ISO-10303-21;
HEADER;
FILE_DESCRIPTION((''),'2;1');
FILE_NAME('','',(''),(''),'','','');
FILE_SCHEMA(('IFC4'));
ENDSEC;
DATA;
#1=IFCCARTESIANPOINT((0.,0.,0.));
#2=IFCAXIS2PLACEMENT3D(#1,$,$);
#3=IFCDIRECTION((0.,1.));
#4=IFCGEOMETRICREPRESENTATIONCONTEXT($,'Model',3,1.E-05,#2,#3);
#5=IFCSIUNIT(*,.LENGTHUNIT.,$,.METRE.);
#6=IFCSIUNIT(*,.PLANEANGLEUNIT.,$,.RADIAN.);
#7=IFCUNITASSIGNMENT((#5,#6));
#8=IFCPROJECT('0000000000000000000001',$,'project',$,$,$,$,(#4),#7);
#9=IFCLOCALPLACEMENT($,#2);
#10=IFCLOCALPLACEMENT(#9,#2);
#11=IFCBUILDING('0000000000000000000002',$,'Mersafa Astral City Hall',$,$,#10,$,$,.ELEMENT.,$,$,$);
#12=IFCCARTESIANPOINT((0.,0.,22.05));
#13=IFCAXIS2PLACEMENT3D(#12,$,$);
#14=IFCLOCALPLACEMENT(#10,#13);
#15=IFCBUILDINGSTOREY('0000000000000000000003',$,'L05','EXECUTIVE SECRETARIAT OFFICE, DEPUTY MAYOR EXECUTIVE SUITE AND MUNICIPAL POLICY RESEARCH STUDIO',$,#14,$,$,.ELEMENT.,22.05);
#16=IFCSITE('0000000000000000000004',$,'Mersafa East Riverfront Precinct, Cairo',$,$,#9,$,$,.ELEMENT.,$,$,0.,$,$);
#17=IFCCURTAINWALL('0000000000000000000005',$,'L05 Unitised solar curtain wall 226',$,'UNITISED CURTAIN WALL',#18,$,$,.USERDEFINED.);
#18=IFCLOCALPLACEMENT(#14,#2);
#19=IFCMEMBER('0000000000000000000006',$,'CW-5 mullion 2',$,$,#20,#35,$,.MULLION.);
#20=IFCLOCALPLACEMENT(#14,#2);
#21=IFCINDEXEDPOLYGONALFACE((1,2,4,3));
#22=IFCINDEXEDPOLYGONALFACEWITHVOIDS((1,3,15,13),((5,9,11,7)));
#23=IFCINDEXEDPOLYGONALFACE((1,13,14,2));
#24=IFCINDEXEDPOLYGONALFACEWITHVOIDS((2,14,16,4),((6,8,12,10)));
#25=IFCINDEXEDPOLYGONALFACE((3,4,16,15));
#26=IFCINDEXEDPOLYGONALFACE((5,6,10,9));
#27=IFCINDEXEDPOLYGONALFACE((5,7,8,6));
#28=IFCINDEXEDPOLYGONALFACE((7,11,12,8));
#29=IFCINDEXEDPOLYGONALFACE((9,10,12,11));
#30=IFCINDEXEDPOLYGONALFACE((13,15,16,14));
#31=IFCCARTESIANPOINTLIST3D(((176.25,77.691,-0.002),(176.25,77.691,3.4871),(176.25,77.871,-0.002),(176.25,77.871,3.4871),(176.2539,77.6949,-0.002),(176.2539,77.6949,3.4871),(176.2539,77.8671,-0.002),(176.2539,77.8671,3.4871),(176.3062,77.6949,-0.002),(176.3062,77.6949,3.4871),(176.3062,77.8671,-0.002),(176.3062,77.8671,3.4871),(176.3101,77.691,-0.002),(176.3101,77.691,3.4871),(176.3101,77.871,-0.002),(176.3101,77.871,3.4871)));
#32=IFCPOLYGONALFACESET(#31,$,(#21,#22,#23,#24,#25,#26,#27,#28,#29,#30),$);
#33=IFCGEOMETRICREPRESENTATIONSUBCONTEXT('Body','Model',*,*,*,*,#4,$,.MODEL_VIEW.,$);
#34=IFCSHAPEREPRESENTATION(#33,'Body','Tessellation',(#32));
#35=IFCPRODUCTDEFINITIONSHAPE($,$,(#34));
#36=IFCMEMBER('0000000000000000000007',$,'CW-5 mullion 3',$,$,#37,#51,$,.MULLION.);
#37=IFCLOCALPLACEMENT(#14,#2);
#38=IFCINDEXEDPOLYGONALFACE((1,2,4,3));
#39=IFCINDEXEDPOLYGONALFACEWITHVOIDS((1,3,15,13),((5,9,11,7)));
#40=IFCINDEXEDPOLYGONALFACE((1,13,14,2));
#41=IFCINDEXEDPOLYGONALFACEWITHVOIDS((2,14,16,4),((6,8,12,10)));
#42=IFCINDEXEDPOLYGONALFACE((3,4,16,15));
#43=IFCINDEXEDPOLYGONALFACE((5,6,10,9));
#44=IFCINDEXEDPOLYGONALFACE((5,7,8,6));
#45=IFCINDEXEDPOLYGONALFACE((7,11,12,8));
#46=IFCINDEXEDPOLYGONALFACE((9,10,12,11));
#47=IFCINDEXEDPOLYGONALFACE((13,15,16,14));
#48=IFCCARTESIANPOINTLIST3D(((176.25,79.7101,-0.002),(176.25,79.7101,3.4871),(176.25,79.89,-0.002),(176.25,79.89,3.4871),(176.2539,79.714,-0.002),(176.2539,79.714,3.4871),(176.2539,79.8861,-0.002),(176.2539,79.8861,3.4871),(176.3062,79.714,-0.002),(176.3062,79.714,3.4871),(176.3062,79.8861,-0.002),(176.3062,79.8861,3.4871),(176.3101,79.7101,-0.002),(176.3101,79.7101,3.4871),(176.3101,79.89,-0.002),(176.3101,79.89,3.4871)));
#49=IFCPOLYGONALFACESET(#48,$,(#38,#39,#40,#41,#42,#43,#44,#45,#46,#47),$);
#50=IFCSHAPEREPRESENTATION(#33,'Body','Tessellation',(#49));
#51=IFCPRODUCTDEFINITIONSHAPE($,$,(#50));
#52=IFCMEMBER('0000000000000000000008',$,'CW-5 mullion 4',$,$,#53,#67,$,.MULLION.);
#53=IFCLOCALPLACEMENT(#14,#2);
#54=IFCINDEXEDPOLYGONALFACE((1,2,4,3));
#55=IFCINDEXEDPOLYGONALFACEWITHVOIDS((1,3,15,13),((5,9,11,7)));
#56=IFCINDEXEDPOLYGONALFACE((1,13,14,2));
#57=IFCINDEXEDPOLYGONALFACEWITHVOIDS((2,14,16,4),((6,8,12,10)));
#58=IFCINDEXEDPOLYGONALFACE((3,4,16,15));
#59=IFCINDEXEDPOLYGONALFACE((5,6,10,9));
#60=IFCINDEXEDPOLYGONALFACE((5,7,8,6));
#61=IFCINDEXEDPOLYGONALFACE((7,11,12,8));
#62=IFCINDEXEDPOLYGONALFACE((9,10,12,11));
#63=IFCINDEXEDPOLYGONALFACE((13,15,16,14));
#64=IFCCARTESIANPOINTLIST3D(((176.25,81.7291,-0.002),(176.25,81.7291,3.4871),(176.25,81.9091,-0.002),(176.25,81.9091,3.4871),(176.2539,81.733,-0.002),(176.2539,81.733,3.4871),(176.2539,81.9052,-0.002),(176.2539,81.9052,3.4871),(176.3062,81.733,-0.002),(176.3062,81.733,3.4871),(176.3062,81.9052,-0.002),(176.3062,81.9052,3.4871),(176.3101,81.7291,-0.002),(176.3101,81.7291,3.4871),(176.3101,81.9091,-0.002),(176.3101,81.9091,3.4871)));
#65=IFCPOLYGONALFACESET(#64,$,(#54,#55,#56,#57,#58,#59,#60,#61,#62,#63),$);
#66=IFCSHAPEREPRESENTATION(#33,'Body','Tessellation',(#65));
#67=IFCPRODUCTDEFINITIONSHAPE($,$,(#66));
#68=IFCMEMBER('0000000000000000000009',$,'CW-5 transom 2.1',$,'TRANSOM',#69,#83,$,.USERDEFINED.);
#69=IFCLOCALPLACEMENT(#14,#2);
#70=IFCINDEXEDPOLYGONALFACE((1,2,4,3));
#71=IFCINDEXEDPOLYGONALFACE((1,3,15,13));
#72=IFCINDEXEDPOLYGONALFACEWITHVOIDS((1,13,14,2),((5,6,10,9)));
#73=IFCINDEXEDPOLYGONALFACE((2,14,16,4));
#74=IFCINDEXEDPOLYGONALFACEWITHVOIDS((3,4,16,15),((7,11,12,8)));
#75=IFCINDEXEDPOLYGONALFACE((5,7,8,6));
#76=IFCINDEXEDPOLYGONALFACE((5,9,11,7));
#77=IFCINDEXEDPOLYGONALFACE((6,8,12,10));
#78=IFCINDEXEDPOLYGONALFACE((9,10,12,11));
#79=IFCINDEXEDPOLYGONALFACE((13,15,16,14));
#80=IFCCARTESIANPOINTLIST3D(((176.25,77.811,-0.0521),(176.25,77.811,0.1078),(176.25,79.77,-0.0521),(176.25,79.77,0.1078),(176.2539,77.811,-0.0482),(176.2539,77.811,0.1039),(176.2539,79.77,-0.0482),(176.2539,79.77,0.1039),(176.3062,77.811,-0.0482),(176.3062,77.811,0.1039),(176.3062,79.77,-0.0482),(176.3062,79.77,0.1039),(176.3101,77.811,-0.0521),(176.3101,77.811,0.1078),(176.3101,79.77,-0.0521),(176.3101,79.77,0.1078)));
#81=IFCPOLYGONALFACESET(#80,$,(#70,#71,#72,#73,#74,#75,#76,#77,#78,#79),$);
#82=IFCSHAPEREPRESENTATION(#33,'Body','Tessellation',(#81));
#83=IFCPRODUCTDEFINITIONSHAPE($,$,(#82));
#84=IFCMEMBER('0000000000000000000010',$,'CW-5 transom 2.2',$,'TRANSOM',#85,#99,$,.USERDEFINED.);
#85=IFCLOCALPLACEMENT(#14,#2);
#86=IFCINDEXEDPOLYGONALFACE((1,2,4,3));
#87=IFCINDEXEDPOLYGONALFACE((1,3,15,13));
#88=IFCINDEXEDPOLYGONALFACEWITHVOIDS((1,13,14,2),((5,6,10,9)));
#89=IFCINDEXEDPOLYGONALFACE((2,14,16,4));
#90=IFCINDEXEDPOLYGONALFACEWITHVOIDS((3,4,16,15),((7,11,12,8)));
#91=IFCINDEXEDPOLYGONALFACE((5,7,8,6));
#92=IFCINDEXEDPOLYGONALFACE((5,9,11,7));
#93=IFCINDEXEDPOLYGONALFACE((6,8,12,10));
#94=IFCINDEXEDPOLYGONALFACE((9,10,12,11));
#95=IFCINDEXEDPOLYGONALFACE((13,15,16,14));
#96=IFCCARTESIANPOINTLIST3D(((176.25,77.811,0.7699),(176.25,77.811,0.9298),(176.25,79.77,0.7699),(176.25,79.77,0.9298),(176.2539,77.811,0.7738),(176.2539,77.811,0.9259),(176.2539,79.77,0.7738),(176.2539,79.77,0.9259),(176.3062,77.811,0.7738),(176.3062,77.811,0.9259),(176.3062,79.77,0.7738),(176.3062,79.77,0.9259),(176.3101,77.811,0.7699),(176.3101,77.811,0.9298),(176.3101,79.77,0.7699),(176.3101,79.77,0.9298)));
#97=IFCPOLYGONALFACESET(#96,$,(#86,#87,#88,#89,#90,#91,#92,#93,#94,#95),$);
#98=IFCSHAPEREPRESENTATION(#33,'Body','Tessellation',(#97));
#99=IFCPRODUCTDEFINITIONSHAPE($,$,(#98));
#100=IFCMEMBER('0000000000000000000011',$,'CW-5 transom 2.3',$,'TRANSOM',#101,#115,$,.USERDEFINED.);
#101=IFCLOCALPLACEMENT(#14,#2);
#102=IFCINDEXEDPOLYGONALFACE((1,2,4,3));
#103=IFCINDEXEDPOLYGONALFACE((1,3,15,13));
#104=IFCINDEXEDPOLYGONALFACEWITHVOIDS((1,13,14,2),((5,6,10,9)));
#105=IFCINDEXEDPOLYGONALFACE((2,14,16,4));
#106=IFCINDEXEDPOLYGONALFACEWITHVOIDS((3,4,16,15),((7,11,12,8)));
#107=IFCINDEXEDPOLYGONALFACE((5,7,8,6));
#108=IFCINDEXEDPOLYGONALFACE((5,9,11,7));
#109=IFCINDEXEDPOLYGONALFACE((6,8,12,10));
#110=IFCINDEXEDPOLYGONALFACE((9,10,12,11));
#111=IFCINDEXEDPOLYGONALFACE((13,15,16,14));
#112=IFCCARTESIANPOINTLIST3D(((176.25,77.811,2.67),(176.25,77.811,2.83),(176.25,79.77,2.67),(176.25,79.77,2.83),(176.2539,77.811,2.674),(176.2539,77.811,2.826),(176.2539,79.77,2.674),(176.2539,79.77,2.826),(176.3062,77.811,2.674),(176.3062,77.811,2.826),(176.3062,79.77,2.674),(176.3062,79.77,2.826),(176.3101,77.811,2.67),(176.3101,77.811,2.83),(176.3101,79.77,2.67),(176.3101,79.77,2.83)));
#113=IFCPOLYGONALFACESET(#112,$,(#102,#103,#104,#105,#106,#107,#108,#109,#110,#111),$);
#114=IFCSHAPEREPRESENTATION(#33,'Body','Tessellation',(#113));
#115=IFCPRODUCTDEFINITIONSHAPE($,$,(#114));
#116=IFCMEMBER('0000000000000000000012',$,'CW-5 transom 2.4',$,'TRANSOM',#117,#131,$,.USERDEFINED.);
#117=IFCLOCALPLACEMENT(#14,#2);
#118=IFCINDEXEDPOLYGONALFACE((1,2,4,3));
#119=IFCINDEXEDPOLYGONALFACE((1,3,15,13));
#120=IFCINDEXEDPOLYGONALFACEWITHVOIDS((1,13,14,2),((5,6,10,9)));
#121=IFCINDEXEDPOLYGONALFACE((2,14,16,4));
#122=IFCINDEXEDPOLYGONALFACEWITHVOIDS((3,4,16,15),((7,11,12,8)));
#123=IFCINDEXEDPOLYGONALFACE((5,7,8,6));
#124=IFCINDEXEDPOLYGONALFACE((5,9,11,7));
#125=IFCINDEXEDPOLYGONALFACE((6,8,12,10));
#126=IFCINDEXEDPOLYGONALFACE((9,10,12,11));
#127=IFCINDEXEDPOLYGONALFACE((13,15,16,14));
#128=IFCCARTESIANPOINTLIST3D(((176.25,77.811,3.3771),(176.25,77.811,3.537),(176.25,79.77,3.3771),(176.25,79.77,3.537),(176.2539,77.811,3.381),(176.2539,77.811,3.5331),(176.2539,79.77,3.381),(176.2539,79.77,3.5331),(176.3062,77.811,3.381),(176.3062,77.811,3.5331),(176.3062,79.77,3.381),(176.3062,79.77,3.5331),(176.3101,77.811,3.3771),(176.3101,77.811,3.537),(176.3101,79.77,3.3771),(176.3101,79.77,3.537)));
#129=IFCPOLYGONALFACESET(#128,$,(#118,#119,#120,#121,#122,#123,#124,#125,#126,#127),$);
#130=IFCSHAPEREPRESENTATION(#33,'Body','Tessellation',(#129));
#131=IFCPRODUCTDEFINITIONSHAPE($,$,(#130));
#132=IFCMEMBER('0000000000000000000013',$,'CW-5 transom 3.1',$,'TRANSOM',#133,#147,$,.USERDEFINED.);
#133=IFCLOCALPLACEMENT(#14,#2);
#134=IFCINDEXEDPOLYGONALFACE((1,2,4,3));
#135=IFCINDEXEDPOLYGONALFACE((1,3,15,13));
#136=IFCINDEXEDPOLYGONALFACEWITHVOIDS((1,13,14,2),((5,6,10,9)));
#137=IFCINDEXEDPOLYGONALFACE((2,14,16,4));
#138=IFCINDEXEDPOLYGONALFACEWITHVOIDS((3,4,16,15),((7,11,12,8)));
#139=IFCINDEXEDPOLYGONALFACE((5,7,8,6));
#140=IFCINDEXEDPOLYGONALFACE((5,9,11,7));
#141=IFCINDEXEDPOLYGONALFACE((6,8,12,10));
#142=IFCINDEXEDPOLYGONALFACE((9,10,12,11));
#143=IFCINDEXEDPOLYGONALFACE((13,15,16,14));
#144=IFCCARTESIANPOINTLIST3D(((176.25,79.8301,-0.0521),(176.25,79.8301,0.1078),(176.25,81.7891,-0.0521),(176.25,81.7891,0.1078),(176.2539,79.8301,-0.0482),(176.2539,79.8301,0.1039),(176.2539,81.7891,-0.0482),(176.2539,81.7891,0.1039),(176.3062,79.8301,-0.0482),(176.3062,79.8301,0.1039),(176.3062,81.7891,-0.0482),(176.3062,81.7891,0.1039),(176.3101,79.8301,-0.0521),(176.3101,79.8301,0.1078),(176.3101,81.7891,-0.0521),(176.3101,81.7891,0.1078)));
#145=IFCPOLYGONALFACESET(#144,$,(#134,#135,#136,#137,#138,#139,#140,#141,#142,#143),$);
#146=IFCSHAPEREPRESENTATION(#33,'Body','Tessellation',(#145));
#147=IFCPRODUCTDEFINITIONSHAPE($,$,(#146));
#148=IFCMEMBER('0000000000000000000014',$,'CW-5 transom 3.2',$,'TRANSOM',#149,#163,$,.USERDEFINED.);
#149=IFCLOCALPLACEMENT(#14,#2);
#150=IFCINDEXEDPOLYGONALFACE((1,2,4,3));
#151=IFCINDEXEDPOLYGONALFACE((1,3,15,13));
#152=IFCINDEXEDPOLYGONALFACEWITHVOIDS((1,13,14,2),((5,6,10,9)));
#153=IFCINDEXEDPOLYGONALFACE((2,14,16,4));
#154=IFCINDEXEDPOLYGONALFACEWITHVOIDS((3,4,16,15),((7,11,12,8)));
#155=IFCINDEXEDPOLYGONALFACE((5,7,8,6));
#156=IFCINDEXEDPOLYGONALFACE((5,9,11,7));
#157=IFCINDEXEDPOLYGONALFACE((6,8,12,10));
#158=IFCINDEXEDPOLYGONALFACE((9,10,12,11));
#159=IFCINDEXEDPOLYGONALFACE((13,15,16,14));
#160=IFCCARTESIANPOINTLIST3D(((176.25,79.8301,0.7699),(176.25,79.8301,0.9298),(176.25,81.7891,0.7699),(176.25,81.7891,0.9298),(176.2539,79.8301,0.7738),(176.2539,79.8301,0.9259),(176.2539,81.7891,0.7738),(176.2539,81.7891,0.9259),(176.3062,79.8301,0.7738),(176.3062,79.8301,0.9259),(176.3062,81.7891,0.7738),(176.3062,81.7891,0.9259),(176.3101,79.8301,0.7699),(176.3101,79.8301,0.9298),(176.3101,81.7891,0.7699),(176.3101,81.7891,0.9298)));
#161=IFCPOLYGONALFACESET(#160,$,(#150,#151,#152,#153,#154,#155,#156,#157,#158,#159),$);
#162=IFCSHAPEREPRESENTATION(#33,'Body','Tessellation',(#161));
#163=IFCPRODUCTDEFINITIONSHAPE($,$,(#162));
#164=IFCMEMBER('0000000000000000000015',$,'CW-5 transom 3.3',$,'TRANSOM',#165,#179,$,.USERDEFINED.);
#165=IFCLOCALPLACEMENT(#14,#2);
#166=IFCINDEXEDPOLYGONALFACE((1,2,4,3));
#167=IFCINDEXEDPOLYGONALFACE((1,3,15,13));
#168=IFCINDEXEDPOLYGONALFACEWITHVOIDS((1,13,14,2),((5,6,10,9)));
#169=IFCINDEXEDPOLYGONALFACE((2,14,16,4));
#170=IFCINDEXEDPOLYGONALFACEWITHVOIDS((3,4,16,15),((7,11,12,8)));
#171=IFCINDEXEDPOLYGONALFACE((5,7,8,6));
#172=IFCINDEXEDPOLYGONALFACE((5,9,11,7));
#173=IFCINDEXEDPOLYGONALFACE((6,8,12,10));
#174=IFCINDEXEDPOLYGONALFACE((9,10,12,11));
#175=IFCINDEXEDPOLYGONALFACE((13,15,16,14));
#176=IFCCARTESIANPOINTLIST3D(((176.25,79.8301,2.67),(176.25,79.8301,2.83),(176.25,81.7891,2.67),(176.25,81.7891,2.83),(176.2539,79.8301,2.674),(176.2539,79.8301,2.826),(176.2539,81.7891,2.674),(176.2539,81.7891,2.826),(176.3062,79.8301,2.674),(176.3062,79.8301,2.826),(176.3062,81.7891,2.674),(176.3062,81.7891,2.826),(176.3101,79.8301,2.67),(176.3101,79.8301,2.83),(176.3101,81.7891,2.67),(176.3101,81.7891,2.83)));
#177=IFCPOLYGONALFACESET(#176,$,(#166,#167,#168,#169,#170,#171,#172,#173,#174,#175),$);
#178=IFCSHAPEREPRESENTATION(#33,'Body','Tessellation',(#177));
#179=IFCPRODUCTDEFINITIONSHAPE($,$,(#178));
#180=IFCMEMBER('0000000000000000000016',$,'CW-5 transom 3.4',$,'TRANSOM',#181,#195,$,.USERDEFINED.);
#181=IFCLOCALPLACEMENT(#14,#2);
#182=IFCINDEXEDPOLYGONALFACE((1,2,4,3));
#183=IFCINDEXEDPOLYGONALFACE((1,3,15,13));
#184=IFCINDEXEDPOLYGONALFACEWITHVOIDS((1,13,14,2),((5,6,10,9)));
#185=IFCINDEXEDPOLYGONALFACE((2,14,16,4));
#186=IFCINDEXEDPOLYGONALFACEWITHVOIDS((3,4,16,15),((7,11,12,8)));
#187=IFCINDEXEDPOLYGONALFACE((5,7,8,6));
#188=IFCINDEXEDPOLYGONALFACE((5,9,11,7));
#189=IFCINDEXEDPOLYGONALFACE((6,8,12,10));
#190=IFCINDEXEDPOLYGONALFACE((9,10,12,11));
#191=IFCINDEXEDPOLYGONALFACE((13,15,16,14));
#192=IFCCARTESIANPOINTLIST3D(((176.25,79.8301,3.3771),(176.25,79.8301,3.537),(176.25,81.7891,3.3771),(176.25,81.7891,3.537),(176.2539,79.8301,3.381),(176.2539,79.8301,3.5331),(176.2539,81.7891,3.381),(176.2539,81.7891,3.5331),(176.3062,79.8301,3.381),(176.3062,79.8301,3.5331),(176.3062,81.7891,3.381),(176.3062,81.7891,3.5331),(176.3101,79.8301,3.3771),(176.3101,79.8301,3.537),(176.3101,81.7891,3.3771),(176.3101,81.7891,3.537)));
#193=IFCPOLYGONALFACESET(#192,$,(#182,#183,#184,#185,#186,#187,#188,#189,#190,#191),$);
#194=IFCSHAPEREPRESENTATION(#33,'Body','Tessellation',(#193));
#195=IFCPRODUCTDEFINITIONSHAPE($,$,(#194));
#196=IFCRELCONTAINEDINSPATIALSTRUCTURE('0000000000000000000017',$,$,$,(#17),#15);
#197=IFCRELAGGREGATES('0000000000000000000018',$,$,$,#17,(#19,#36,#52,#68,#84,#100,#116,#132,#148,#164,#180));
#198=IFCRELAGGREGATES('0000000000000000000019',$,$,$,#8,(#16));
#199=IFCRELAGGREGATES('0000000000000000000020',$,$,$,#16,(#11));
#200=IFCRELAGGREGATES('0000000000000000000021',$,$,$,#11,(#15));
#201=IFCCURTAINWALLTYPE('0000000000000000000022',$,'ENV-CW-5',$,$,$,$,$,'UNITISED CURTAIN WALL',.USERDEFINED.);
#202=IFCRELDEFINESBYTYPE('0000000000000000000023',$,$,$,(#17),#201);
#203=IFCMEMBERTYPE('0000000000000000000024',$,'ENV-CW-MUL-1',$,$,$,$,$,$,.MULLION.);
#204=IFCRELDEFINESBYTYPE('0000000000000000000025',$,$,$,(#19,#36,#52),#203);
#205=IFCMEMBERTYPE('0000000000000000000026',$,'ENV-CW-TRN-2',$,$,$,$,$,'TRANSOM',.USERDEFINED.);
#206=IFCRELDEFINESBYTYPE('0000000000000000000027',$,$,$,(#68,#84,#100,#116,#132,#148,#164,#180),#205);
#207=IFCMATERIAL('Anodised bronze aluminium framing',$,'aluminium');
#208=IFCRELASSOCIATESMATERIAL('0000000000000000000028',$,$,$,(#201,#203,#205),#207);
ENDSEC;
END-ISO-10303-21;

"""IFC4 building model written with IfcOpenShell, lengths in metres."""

from ifc_helpers import new_model, si_unit, direction, frame, origin, origin_2d, place, context, subcontext, project, spatial, hollow_rectangle, extrude, material, material_profile, profile_set, type_object, element, aggregate, save


model = new_model("IFC4")

# Units and contexts
model_context = context("Model", 3, precision=1e-05, world=origin(), true_north=direction((0.0, 1.0)))
body_context = subcontext(model_context, "Body", "Model", "MODEL_VIEW")
ifc_project = project(units=[si_unit("LENGTHUNIT", "METRE"), si_unit("PLANEANGLEUNIT", "RADIAN")], contexts=[model_context])

# Site, building, storey
site_placement = place(None, origin())
site = spatial("IfcSite", under=ifc_project, at=site_placement, Name="Mersafa East Riverfront Precinct, Cairo", CompositionType="ELEMENT", RefElevation=0.0)
building_placement = place(site_placement, origin())
building = spatial("IfcBuilding", under=site, at=building_placement, Name="Mersafa Astral City Hall", CompositionType="ELEMENT")
storey_placement = place(building_placement, frame((0.0, 0.0, 22.05)))
storey = spatial("IfcBuildingStorey", under=building, at=storey_placement, Name="L05", Description="EXECUTIVE SECRETARIAT OFFICE, DEPUTY MAYOR EXECUTIVE SUITE AND MUNICIPAL POLICY RESEARCH STUDIO", CompositionType="ELEMENT", Elevation=22.05)

# Curtain wall, members
ifc_material_1 = material(Name="Anodised bronze aluminium framing", Category="aluminium")
curtain_wall_type = type_object("IfcCurtainWallType", Name="ENV-CW-5", ElementType="UNITISED CURTAIN WALL", PredefinedType="USERDEFINED", material=ifc_material_1)
curtain_wall_placement = place(storey_placement, origin())
curtain_wall = element("IfcCurtainWall", 1, at=curtain_wall_placement, inside=storey, type_object=curtain_wall_type, Name="L05 Unitised solar curtain wall 226", ObjectType="UNITISED CURTAIN WALL", PredefinedType="USERDEFINED")
ifc_material_profile_1 = material_profile(ifc_material_1, hollow_rectangle(XDim=0.0601, YDim=0.1799, WallThickness=0.0039, at=origin_2d()), Name="RHS 60x180x4")
ifc_profile_set_1 = profile_set([ifc_material_profile_1], Name="Anodised bronze aluminium framing")
member_type_1 = type_object("IfcMemberType", Name="ENV-CW-MUL-1", PredefinedType="MULLION", material=ifc_profile_set_1)
member_1_placement = place(storey_placement, frame((176.28, 77.781, -0.002), z_axis=(0.0, 0.0, 1.0), x_axis=(-1.0, 0.0, 0.0)))
member_1 = element("IfcMember", 2, at=member_1_placement, type_object=member_type_1, Name="CW-5 mullion 2", PredefinedType="MULLION", context=body_context, shape_type="SweptSolid", body=[
    extrude(hollow_rectangle(XDim=0.0601, YDim=0.1799, WallThickness=0.0039, at=origin_2d()), origin(), (0.0, 0.0, 1.0), 3.489),
])
member_2_placement = place(storey_placement, frame((176.28, 79.8, -0.002), z_axis=(0.0, 0.0, 1.0), x_axis=(-1.0, 0.0, 0.0)))
member_2 = element("IfcMember", 3, at=member_2_placement, type_object=member_type_1, Name="CW-5 mullion 3", PredefinedType="MULLION", context=body_context, shape_type="SweptSolid", body=[
    extrude(hollow_rectangle(XDim=0.0601, YDim=0.1799, WallThickness=0.0039, at=origin_2d()), origin(), (0.0, 0.0, 1.0), 3.489),
])
member_3_placement = place(storey_placement, frame((176.28, 81.8191, -0.002), z_axis=(0.0, 0.0, 1.0), x_axis=(-1.0, 0.0, 0.0)))
member_3 = element("IfcMember", 4, at=member_3_placement, type_object=member_type_1, Name="CW-5 mullion 4", PredefinedType="MULLION", context=body_context, shape_type="SweptSolid", body=[
    extrude(hollow_rectangle(XDim=0.0601, YDim=0.1799, WallThickness=0.0039, at=origin_2d()), origin(), (0.0, 0.0, 1.0), 3.489),
])
ifc_material_profile_2 = material_profile(ifc_material_1, hollow_rectangle(XDim=0.0601, YDim=0.1599, WallThickness=0.0039, at=origin_2d()), Name="RHS 60x160x4")
ifc_profile_set_2 = profile_set([ifc_material_profile_2], Name="Anodised bronze aluminium framing")
member_type_2 = type_object("IfcMemberType", Name="ENV-CW-TRN-2", ElementType="TRANSOM", PredefinedType="USERDEFINED", material=ifc_profile_set_2)
member_4_placement = place(storey_placement, frame((176.28, 77.811, 0.0278), z_axis=(0.0, 1.0, 0.0), x_axis=(-1.0, 0.0, 0.0)))
member_4 = element("IfcMember", 5, at=member_4_placement, type_object=member_type_2, Name="CW-5 transom 2.1", ObjectType="TRANSOM", PredefinedType="USERDEFINED", context=body_context, shape_type="SweptSolid", body=[
    extrude(hollow_rectangle(XDim=0.0601, YDim=0.1599, WallThickness=0.0039, at=origin_2d()), origin(), (0.0, 0.0, 1.0), 1.959),
])
member_5_placement = place(storey_placement, frame((176.28, 77.811, 0.8499), z_axis=(0.0, 1.0, 0.0), x_axis=(-1.0, 0.0, 0.0)))
member_5 = element("IfcMember", 6, at=member_5_placement, type_object=member_type_2, Name="CW-5 transom 2.2", ObjectType="TRANSOM", PredefinedType="USERDEFINED", context=body_context, shape_type="SweptSolid", body=[
    extrude(hollow_rectangle(XDim=0.0601, YDim=0.1599, WallThickness=0.0039, at=origin_2d()), origin(), (0.0, 0.0, 1.0), 1.959),
])
member_6_placement = place(storey_placement, frame((176.28, 77.811, 2.75), z_axis=(0.0, 1.0, 0.0), x_axis=(-1.0, 0.0, 0.0)))
member_6 = element("IfcMember", 7, at=member_6_placement, type_object=member_type_2, Name="CW-5 transom 2.3", ObjectType="TRANSOM", PredefinedType="USERDEFINED", context=body_context, shape_type="SweptSolid", body=[
    extrude(hollow_rectangle(XDim=0.0601, YDim=0.1599, WallThickness=0.0039, at=origin_2d()), origin(), (0.0, 0.0, 1.0), 1.959),
])
member_7_placement = place(storey_placement, frame((176.28, 77.811, 3.457), z_axis=(0.0, 1.0, 0.0), x_axis=(-1.0, 0.0, 0.0)))
member_7 = element("IfcMember", 8, at=member_7_placement, type_object=member_type_2, Name="CW-5 transom 2.4", ObjectType="TRANSOM", PredefinedType="USERDEFINED", context=body_context, shape_type="SweptSolid", body=[
    extrude(hollow_rectangle(XDim=0.0601, YDim=0.1599, WallThickness=0.0039, at=origin_2d()), origin(), (0.0, 0.0, 1.0), 1.959),
])
member_8_placement = place(storey_placement, frame((176.28, 79.8301, 0.0278), z_axis=(0.0, 1.0, 0.0), x_axis=(-1.0, 0.0, 0.0)))
member_8 = element("IfcMember", 9, at=member_8_placement, type_object=member_type_2, Name="CW-5 transom 3.1", ObjectType="TRANSOM", PredefinedType="USERDEFINED", context=body_context, shape_type="SweptSolid", body=[
    extrude(hollow_rectangle(XDim=0.0601, YDim=0.1599, WallThickness=0.0039, at=origin_2d()), origin(), (0.0, 0.0, 1.0), 1.959),
])
member_9_placement = place(storey_placement, frame((176.28, 79.8301, 0.8499), z_axis=(0.0, 1.0, 0.0), x_axis=(-1.0, 0.0, 0.0)))
member_9 = element("IfcMember", 10, at=member_9_placement, type_object=member_type_2, Name="CW-5 transom 3.2", ObjectType="TRANSOM", PredefinedType="USERDEFINED", context=body_context, shape_type="SweptSolid", body=[
    extrude(hollow_rectangle(XDim=0.0601, YDim=0.1599, WallThickness=0.0039, at=origin_2d()), origin(), (0.0, 0.0, 1.0), 1.959),
])
member_10_placement = place(storey_placement, frame((176.28, 79.8301, 2.75), z_axis=(0.0, 1.0, 0.0), x_axis=(-1.0, 0.0, 0.0)))
member_10 = element("IfcMember", 11, at=member_10_placement, type_object=member_type_2, Name="CW-5 transom 3.3", ObjectType="TRANSOM", PredefinedType="USERDEFINED", context=body_context, shape_type="SweptSolid", body=[
    extrude(hollow_rectangle(XDim=0.0601, YDim=0.1599, WallThickness=0.0039, at=origin_2d()), origin(), (0.0, 0.0, 1.0), 1.959),
])
member_11_placement = place(storey_placement, frame((176.28, 79.8301, 3.457), z_axis=(0.0, 1.0, 0.0), x_axis=(-1.0, 0.0, 0.0)))
member_11 = element("IfcMember", 12, at=member_11_placement, type_object=member_type_2, Name="CW-5 transom 3.4", ObjectType="TRANSOM", PredefinedType="USERDEFINED", context=body_context, shape_type="SweptSolid", body=[
    extrude(hollow_rectangle(XDim=0.0601, YDim=0.1599, WallThickness=0.0039, at=origin_2d()), origin(), (0.0, 0.0, 1.0), 1.959),
])
aggregate(curtain_wall, [member_1, member_2, member_3, member_4, member_5, member_6, member_7, member_8, member_9, member_10, member_11])

save(model, "model.ifc")
